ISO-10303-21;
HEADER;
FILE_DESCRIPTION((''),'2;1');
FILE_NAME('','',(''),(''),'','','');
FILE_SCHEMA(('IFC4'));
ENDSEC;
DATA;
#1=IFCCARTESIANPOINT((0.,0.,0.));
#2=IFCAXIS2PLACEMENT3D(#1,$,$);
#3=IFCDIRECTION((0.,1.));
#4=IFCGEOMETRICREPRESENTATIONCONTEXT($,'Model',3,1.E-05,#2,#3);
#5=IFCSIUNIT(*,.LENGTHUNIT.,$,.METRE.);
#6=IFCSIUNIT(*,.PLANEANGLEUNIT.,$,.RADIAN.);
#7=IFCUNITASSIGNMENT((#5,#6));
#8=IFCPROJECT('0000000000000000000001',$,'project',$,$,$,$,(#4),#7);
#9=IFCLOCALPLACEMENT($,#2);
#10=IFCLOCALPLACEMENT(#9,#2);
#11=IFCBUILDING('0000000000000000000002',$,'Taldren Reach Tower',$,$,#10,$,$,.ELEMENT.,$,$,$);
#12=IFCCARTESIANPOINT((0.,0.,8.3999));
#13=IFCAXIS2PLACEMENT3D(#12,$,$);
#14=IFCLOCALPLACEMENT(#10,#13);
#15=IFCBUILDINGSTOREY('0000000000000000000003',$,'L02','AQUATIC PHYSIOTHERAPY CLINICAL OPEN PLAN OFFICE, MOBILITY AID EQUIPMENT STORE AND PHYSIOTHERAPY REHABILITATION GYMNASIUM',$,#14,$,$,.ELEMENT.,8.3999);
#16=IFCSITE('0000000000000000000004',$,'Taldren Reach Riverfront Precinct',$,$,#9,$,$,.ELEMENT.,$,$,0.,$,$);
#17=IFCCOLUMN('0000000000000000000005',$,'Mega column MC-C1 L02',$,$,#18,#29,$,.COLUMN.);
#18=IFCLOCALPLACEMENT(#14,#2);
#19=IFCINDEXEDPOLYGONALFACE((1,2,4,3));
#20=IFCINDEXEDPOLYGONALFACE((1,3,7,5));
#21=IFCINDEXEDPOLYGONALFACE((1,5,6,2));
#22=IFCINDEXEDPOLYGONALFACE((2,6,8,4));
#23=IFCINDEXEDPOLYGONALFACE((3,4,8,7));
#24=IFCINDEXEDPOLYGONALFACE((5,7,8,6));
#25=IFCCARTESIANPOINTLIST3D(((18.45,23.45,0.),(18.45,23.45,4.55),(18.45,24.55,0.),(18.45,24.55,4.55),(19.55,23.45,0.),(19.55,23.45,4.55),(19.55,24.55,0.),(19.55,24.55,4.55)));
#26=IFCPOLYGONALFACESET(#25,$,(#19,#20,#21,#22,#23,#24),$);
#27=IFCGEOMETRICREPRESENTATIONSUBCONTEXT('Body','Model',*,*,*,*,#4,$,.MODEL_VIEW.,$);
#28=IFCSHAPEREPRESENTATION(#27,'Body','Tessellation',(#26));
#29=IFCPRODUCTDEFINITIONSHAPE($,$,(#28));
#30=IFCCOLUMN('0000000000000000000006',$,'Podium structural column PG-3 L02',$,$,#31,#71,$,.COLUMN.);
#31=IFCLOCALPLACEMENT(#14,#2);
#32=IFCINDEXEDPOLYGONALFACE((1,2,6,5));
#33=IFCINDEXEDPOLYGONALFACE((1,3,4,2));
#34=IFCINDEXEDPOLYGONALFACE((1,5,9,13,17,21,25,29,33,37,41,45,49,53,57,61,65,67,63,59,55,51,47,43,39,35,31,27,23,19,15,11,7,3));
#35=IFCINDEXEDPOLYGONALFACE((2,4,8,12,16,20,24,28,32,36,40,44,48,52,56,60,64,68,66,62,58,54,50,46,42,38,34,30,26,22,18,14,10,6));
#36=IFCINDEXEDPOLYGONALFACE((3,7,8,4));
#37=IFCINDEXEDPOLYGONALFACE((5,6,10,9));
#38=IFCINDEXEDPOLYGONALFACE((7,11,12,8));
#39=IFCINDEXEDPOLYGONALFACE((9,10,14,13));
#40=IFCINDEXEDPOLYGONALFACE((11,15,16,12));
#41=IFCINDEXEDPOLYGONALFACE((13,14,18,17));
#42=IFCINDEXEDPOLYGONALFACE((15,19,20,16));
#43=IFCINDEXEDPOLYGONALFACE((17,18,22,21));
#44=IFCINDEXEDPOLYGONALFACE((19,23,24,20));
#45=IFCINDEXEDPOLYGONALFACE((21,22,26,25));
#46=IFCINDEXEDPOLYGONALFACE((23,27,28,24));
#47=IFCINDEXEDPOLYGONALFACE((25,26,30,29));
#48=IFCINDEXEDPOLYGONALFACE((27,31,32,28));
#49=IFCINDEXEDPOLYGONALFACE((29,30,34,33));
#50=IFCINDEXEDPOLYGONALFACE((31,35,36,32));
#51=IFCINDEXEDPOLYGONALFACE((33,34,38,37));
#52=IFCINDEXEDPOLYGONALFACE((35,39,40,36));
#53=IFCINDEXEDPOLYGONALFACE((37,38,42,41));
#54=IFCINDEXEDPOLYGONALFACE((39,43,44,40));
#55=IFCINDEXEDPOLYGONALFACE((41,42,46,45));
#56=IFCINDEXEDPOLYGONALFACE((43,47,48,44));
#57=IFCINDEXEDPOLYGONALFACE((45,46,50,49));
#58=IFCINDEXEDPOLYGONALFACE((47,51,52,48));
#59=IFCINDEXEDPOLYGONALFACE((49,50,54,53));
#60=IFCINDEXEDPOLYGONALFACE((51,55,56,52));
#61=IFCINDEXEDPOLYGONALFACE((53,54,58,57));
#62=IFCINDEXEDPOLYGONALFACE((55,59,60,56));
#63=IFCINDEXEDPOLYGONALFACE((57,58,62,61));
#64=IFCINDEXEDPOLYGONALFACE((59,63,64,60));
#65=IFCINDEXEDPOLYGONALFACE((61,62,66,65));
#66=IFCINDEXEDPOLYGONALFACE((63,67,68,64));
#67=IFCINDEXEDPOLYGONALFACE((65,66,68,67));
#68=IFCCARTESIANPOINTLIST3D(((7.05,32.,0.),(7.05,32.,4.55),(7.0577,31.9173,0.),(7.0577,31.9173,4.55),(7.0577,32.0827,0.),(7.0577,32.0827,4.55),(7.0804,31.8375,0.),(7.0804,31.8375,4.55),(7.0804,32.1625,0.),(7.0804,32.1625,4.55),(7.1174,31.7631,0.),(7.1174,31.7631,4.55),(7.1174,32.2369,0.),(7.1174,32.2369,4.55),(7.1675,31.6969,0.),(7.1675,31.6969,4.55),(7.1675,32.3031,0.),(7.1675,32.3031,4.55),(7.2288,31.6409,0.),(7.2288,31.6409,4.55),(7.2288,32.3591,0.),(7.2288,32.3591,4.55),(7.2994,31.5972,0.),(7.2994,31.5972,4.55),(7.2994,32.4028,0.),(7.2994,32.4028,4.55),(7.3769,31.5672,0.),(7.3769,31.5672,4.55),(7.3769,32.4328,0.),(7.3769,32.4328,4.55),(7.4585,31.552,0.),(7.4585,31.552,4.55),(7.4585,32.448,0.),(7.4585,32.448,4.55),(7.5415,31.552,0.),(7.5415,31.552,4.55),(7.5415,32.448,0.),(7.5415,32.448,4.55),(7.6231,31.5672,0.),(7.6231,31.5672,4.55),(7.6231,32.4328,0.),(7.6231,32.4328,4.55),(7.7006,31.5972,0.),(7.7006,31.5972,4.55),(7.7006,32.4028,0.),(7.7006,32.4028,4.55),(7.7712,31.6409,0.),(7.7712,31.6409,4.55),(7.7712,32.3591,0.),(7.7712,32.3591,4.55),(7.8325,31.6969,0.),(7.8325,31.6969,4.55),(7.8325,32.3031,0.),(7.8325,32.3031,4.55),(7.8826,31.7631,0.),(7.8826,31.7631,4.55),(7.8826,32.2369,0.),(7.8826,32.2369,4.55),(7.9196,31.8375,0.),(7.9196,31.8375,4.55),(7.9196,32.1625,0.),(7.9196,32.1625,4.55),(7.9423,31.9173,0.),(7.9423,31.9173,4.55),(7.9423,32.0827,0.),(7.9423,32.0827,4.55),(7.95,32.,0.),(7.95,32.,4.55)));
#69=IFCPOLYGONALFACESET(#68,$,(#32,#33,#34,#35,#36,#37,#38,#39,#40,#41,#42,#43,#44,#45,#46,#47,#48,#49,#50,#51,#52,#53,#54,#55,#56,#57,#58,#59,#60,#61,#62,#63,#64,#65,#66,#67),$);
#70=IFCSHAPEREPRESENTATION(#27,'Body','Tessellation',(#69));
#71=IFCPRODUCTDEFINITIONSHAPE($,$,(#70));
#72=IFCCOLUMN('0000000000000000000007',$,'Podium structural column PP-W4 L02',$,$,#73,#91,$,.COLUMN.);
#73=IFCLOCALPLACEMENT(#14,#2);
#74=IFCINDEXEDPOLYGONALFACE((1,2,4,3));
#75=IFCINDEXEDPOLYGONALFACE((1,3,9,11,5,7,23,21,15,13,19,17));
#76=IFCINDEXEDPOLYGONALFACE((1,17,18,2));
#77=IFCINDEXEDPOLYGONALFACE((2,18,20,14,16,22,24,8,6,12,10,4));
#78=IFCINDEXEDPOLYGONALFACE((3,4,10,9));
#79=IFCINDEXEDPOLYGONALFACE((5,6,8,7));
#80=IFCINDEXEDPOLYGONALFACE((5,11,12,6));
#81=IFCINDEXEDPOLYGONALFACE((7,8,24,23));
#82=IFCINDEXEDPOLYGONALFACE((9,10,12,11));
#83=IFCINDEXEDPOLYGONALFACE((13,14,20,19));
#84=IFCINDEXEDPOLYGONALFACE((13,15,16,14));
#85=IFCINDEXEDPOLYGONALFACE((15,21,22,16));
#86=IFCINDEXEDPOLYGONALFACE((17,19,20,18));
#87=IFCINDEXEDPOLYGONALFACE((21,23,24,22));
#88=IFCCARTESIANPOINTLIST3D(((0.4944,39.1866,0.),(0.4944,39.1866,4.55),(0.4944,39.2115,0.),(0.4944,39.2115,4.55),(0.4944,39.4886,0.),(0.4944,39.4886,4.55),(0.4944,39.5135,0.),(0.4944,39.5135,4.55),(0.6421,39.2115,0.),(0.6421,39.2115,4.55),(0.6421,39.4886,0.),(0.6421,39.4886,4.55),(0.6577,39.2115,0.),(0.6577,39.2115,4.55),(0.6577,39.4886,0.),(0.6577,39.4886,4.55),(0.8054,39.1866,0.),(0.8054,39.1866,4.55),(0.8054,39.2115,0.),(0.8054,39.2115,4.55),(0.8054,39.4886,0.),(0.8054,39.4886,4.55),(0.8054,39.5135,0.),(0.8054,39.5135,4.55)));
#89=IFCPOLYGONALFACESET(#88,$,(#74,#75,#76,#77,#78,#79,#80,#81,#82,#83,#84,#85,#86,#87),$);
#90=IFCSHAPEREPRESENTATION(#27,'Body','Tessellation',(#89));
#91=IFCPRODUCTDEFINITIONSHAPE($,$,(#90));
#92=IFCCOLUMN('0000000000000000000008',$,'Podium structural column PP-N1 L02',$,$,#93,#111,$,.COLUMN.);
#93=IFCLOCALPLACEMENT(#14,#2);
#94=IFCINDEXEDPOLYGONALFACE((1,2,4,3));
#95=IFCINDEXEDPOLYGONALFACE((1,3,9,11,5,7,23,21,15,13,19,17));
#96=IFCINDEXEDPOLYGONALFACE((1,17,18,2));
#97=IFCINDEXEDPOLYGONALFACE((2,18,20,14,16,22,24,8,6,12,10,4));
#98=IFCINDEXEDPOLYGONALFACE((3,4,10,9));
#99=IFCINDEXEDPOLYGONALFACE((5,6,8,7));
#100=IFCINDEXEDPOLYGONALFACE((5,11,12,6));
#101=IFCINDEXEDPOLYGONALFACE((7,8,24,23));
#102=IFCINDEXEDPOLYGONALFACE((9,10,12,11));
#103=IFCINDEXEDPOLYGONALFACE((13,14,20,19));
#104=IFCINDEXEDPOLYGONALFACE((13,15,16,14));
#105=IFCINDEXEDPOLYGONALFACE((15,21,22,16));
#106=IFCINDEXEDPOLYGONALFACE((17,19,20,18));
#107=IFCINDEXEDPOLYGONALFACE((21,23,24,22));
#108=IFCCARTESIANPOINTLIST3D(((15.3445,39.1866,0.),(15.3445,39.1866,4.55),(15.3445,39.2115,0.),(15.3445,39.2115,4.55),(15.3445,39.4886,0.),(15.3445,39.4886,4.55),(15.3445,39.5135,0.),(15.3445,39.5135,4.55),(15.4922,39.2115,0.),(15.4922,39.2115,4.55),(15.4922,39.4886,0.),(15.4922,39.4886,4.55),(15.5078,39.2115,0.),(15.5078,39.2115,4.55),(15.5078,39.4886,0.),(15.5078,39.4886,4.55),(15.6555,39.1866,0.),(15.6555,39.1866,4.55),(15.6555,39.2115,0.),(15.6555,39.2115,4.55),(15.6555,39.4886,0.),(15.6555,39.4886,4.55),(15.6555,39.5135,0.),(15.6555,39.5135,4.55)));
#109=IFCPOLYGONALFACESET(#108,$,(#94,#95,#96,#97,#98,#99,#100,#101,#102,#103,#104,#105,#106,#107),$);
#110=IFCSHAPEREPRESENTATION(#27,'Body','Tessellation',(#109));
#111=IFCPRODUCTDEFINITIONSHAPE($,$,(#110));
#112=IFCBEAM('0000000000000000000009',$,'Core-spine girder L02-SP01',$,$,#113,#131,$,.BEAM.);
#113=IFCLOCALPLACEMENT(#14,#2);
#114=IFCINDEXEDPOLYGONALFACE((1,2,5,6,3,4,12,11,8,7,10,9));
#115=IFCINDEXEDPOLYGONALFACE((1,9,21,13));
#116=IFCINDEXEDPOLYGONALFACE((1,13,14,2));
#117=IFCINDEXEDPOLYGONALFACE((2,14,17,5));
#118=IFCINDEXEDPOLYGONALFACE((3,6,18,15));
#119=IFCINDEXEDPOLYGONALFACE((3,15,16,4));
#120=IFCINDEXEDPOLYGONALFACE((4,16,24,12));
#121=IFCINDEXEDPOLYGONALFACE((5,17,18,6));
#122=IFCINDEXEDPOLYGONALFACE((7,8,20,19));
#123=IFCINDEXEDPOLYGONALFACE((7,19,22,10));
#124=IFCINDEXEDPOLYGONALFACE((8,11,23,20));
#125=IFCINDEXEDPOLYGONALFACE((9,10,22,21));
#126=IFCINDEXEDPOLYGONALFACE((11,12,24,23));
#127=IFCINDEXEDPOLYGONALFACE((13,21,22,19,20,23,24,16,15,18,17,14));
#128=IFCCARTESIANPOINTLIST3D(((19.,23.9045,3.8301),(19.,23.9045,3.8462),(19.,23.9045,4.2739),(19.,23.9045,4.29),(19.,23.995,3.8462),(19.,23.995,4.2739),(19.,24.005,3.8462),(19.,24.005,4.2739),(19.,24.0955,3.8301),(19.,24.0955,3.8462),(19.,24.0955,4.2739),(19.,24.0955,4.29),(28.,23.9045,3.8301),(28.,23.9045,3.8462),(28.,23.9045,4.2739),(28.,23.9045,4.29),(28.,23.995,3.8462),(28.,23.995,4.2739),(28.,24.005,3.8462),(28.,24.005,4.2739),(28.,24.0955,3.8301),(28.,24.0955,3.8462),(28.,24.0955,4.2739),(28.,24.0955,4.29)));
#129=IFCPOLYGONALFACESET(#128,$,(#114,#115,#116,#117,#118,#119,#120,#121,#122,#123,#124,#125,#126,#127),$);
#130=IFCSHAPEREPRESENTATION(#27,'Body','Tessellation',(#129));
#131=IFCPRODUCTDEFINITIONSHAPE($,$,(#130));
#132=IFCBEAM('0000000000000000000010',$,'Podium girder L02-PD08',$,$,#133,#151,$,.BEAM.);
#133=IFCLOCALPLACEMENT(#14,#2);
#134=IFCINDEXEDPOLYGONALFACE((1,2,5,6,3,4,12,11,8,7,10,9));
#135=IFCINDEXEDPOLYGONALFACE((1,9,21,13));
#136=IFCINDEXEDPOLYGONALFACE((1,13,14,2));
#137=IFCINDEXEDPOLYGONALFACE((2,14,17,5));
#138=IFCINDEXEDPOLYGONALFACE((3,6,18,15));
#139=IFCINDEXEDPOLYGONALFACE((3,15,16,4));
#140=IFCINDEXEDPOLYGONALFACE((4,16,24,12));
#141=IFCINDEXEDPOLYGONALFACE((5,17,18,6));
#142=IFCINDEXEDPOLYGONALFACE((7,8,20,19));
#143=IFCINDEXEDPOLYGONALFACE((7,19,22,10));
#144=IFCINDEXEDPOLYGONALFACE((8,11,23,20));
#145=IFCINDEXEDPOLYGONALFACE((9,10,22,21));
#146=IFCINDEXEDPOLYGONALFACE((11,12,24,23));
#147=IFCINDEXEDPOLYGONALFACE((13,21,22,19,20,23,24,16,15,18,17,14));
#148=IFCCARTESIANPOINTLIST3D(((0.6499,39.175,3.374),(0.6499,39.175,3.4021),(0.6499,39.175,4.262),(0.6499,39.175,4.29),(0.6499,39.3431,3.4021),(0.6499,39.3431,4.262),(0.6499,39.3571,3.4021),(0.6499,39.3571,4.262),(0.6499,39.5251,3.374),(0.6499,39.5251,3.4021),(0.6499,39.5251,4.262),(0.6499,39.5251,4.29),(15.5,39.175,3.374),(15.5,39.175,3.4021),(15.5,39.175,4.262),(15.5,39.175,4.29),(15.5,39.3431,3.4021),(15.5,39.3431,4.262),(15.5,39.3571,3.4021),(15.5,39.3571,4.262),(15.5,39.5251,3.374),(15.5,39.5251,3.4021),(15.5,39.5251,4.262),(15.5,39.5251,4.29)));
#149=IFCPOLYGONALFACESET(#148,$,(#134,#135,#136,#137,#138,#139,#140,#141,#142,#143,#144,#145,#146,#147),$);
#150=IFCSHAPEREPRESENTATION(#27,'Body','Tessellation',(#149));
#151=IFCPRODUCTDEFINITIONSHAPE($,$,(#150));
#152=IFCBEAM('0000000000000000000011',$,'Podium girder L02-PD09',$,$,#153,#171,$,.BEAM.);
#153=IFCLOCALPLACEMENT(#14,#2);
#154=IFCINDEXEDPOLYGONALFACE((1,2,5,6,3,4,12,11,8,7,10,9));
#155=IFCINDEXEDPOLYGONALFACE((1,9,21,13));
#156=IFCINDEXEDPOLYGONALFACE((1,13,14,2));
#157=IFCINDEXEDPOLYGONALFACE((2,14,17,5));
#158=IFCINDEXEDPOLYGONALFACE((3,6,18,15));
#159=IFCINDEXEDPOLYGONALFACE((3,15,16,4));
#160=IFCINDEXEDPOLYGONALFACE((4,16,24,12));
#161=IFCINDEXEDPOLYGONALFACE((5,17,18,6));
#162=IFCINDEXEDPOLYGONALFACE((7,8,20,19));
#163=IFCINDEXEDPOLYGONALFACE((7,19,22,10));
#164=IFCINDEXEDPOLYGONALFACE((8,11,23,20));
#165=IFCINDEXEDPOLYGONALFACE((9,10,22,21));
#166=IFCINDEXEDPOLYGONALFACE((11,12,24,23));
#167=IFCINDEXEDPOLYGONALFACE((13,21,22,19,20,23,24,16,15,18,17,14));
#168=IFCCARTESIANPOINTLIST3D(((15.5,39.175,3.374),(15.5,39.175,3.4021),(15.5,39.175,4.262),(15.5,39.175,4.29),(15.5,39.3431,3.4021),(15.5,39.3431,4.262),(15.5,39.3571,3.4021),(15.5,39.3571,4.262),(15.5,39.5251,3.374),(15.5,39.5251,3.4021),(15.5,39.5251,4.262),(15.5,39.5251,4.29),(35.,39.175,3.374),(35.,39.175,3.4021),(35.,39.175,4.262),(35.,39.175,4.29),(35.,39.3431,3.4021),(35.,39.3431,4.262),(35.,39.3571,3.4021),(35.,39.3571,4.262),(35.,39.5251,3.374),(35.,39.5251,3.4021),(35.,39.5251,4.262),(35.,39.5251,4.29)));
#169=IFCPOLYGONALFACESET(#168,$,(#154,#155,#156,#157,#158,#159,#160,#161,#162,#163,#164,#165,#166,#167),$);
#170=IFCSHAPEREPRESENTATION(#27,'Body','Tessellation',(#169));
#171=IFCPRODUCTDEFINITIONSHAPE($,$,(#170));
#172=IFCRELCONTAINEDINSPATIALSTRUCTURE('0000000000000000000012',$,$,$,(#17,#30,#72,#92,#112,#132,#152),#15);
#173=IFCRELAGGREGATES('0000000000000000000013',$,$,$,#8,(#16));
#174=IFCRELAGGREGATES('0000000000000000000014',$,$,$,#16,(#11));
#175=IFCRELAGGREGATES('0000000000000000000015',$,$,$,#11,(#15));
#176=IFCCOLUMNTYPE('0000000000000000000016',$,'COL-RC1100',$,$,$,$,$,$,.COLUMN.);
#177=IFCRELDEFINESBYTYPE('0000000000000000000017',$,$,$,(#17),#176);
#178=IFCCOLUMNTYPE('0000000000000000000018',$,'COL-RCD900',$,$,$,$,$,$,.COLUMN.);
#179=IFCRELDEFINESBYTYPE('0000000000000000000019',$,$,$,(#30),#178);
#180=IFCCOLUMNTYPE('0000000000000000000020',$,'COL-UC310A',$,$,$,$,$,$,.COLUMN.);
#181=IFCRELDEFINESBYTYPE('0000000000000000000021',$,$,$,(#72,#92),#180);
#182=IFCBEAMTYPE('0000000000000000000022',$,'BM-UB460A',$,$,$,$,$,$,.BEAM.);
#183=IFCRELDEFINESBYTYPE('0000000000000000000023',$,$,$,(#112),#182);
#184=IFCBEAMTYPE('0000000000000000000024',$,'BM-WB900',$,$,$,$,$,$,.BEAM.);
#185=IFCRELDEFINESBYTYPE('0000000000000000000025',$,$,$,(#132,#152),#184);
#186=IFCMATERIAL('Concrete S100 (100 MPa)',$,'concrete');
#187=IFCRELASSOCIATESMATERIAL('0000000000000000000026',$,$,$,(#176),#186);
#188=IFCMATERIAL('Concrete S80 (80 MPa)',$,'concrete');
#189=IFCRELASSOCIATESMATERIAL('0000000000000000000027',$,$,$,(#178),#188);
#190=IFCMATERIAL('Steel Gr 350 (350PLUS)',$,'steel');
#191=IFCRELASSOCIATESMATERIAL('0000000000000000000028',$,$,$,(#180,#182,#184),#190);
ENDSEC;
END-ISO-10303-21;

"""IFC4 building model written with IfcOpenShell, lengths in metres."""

from ifc_helpers import new_model, si_unit, direction, frame, origin, origin_2d, place, context, subcontext, project, spatial, rectangle, circle, i_section, extrude, source, transform, mapped, material, material_profile, profile_set, type_object, element, save


model = new_model("IFC4")

# Units and contexts
model_context = context("Model", 3, precision=1e-05, world=origin(), true_north=direction((0.0, 1.0)))
body_context = subcontext(model_context, "Body", "Model", "MODEL_VIEW")
ifc_project = project(units=[si_unit("LENGTHUNIT", "METRE"), si_unit("PLANEANGLEUNIT", "RADIAN")], contexts=[model_context])

# Site, building, storey
site_placement = place(None, origin())
site = spatial("IfcSite", under=ifc_project, at=site_placement, Name="Taldren Reach Riverfront Precinct", CompositionType="ELEMENT", RefElevation=0.0)
building_placement = place(site_placement, origin())
building = spatial("IfcBuilding", under=site, at=building_placement, Name="Taldren Reach Tower", CompositionType="ELEMENT")
storey_placement = place(building_placement, frame((0.0, 0.0, 8.3999)))
storey = spatial("IfcBuildingStorey", under=building, at=storey_placement, Name="L02", Description="AQUATIC PHYSIOTHERAPY CLINICAL OPEN PLAN OFFICE, MOBILITY AID EQUIPMENT STORE AND PHYSIOTHERAPY REHABILITATION GYMNASIUM", CompositionType="ELEMENT", Elevation=8.3999)

# Columns
ifc_material_1 = material(Name="Concrete S100 (100 MPa)", Category="concrete")
ifc_material_profile_1 = material_profile(ifc_material_1, rectangle(XDim=1.1001, YDim=1.1001, at=origin_2d()), Name="RC-1100x1100")
ifc_profile_set_1 = profile_set([ifc_material_profile_1], Name="Concrete S100 (100 MPa)")
column_type_1 = type_object("IfcColumnType", Name="COL-RC1100", PredefinedType="COLUMN", material=ifc_profile_set_1)
shared_shape_1 = source(origin(), body_context, "Body", "SweptSolid", [
    extrude(rectangle(XDim=1.1001, YDim=1.1001, at=origin_2d()), origin(), (0.0, 0.0, 1.0), 4.55),
])
column_1_placement = place(storey_placement, frame((19.0, 24.0, 0.0), z_axis=(0.0, 0.0, 1.0), x_axis=(1.0, 0.0, 0.0)))
element("IfcColumn", 1, at=column_1_placement, inside=storey, type_object=column_type_1, Name="Mega column MC-C1 L02", PredefinedType="COLUMN", context=body_context, shape_type="MappedRepresentation", body=[
    mapped(shared_shape_1, transform((0.0, 0.0, 0.0), scale=1.0)),
])
ifc_material_2 = material(Name="Concrete S80 (80 MPa)", Category="concrete")
ifc_material_profile_2 = material_profile(ifc_material_2, circle(Radius=0.45, at=origin_2d()), Name="RC-900D")
ifc_profile_set_2 = profile_set([ifc_material_profile_2], Name="Concrete S80 (80 MPa)")
column_type_2 = type_object("IfcColumnType", Name="COL-RCD900", PredefinedType="COLUMN", material=ifc_profile_set_2)
shared_shape_2 = source(origin(), body_context, "Body", "SweptSolid", [
    extrude(circle(Radius=0.45, at=origin_2d()), origin(), (0.0, 0.0, 1.0), 4.55),
])
column_2_placement = place(storey_placement, frame((7.5, 32.0, 0.0), z_axis=(0.0, 0.0, 1.0), x_axis=(1.0, 0.0, 0.0)))
element("IfcColumn", 2, at=column_2_placement, inside=storey, type_object=column_type_2, Name="Podium structural column PG-3 L02", PredefinedType="COLUMN", context=body_context, shape_type="MappedRepresentation", body=[
    mapped(shared_shape_2, transform((0.0, 0.0, 0.0), scale=1.0)),
])
ifc_material_3 = material(Name="Steel Gr 350 (350PLUS)", Category="steel")
ifc_material_profile_3 = material_profile(ifc_material_3, i_section(OverallWidth=0.311, OverallDepth=0.3269, WebThickness=0.0156, FlangeThickness=0.0249, at=origin_2d()), Name="310UC158")
ifc_profile_set_3 = profile_set([ifc_material_profile_3], Name="Steel Gr 350 (350PLUS)")
column_type_3 = type_object("IfcColumnType", Name="COL-UC310A", PredefinedType="COLUMN", material=ifc_profile_set_3)
shared_shape_3 = source(origin(), body_context, "Body", "SweptSolid", [
    extrude(i_section(OverallWidth=0.311, OverallDepth=0.3269, WebThickness=0.0156, FlangeThickness=0.0249, at=origin_2d()), origin(), (0.0, 0.0, 1.0), 4.55),
])
for number, where, z_axis, x_axis, name in (
    (3, (0.6499, 39.3501, 0.0), (0.0, 0.0, 1.0), (1.0, 0.0, 0.0), "Podium structural column PP-W4 L02"),
    (4, (15.5, 39.3501, 0.0), (0.0, 0.0, 1.0), (1.0, 0.0, 0.0), "Podium structural column PP-N1 L02"),
):
    element("IfcColumn", number, at=place(storey_placement, frame(where, z_axis=z_axis, x_axis=x_axis)), inside=storey, type_object=column_type_3, Name=name, PredefinedType="COLUMN", context=body_context, shape_type="MappedRepresentation", body=[
        mapped(shared_shape_3, transform((0.0, 0.0, 0.0), scale=1.0)),
    ])

# Beams
ifc_material_profile_4 = material_profile(ifc_material_3, i_section(OverallWidth=0.1909, OverallDepth=0.46, WebThickness=0.01, FlangeThickness=0.0161, at=origin_2d()), Name="460UB82.1")
ifc_profile_set_4 = profile_set([ifc_material_profile_4], Name="Steel Gr 350 (350PLUS)")
beam_type_1 = type_object("IfcBeamType", Name="BM-UB460A", PredefinedType="BEAM", material=ifc_profile_set_4)
shared_shape_4 = source(origin(), body_context, "Body", "SweptSolid", [
    extrude(i_section(OverallWidth=0.1909, OverallDepth=0.46, WebThickness=0.01, FlangeThickness=0.0161, at=origin_2d()), origin(), (0.0, 0.0, 1.0), 9.0),
])
beam_1_placement = place(storey_placement, frame((19.0, 24.0, 4.0601), z_axis=(1.0, 0.0, 0.0), x_axis=(0.0, 1.0, 0.0)))
element("IfcBeam", 5, at=beam_1_placement, inside=storey, type_object=beam_type_1, Name="Core-spine girder L02-SP01", PredefinedType="BEAM", context=body_context, shape_type="MappedRepresentation", body=[
    mapped(shared_shape_4, transform((0.0, 0.0, 0.0), scale=1.0)),
])
ifc_material_profile_5 = material_profile(ifc_material_3, i_section(OverallWidth=0.3501, OverallDepth=0.916, WebThickness=0.0139, FlangeThickness=0.0281, at=origin_2d()), Name="900WB257")
ifc_profile_set_5 = profile_set([ifc_material_profile_5], Name="Steel Gr 350 (350PLUS)")
beam_type_2 = type_object("IfcBeamType", Name="BM-WB900", PredefinedType="BEAM", material=ifc_profile_set_5)
shared_shape_5 = source(origin(), body_context, "Body", "SweptSolid", [
    extrude(i_section(OverallWidth=0.3501, OverallDepth=0.916, WebThickness=0.0139, FlangeThickness=0.0281, at=origin_2d()), origin(), (0.0, 0.0, 1.0), 14.8501),
])
beam_2_placement = place(storey_placement, frame((0.6499, 39.3501, 3.832), z_axis=(1.0, 0.0, 0.0), x_axis=(0.0, 1.0, 0.0)))
element("IfcBeam", 6, at=beam_2_placement, inside=storey, type_object=beam_type_2, Name="Podium girder L02-PD08", PredefinedType="BEAM", context=body_context, shape_type="MappedRepresentation", body=[
    mapped(shared_shape_5, transform((0.0, 0.0, 0.0), scale=1.0)),
])
shared_shape_6 = source(origin(), body_context, "Body", "SweptSolid", [
    extrude(i_section(OverallWidth=0.3501, OverallDepth=0.916, WebThickness=0.0139, FlangeThickness=0.0281, at=origin_2d()), origin(), (0.0, 0.0, 1.0), 19.5),
])
beam_3_placement = place(storey_placement, frame((15.5, 39.3501, 3.832), z_axis=(1.0, 0.0, 0.0), x_axis=(0.0, 1.0, 0.0)))
element("IfcBeam", 7, at=beam_3_placement, inside=storey, type_object=beam_type_2, Name="Podium girder L02-PD09", PredefinedType="BEAM", context=body_context, shape_type="MappedRepresentation", body=[
    mapped(shared_shape_6, transform((0.0, 0.0, 0.0), scale=1.0)),
])

save(model, "model.ifc")
